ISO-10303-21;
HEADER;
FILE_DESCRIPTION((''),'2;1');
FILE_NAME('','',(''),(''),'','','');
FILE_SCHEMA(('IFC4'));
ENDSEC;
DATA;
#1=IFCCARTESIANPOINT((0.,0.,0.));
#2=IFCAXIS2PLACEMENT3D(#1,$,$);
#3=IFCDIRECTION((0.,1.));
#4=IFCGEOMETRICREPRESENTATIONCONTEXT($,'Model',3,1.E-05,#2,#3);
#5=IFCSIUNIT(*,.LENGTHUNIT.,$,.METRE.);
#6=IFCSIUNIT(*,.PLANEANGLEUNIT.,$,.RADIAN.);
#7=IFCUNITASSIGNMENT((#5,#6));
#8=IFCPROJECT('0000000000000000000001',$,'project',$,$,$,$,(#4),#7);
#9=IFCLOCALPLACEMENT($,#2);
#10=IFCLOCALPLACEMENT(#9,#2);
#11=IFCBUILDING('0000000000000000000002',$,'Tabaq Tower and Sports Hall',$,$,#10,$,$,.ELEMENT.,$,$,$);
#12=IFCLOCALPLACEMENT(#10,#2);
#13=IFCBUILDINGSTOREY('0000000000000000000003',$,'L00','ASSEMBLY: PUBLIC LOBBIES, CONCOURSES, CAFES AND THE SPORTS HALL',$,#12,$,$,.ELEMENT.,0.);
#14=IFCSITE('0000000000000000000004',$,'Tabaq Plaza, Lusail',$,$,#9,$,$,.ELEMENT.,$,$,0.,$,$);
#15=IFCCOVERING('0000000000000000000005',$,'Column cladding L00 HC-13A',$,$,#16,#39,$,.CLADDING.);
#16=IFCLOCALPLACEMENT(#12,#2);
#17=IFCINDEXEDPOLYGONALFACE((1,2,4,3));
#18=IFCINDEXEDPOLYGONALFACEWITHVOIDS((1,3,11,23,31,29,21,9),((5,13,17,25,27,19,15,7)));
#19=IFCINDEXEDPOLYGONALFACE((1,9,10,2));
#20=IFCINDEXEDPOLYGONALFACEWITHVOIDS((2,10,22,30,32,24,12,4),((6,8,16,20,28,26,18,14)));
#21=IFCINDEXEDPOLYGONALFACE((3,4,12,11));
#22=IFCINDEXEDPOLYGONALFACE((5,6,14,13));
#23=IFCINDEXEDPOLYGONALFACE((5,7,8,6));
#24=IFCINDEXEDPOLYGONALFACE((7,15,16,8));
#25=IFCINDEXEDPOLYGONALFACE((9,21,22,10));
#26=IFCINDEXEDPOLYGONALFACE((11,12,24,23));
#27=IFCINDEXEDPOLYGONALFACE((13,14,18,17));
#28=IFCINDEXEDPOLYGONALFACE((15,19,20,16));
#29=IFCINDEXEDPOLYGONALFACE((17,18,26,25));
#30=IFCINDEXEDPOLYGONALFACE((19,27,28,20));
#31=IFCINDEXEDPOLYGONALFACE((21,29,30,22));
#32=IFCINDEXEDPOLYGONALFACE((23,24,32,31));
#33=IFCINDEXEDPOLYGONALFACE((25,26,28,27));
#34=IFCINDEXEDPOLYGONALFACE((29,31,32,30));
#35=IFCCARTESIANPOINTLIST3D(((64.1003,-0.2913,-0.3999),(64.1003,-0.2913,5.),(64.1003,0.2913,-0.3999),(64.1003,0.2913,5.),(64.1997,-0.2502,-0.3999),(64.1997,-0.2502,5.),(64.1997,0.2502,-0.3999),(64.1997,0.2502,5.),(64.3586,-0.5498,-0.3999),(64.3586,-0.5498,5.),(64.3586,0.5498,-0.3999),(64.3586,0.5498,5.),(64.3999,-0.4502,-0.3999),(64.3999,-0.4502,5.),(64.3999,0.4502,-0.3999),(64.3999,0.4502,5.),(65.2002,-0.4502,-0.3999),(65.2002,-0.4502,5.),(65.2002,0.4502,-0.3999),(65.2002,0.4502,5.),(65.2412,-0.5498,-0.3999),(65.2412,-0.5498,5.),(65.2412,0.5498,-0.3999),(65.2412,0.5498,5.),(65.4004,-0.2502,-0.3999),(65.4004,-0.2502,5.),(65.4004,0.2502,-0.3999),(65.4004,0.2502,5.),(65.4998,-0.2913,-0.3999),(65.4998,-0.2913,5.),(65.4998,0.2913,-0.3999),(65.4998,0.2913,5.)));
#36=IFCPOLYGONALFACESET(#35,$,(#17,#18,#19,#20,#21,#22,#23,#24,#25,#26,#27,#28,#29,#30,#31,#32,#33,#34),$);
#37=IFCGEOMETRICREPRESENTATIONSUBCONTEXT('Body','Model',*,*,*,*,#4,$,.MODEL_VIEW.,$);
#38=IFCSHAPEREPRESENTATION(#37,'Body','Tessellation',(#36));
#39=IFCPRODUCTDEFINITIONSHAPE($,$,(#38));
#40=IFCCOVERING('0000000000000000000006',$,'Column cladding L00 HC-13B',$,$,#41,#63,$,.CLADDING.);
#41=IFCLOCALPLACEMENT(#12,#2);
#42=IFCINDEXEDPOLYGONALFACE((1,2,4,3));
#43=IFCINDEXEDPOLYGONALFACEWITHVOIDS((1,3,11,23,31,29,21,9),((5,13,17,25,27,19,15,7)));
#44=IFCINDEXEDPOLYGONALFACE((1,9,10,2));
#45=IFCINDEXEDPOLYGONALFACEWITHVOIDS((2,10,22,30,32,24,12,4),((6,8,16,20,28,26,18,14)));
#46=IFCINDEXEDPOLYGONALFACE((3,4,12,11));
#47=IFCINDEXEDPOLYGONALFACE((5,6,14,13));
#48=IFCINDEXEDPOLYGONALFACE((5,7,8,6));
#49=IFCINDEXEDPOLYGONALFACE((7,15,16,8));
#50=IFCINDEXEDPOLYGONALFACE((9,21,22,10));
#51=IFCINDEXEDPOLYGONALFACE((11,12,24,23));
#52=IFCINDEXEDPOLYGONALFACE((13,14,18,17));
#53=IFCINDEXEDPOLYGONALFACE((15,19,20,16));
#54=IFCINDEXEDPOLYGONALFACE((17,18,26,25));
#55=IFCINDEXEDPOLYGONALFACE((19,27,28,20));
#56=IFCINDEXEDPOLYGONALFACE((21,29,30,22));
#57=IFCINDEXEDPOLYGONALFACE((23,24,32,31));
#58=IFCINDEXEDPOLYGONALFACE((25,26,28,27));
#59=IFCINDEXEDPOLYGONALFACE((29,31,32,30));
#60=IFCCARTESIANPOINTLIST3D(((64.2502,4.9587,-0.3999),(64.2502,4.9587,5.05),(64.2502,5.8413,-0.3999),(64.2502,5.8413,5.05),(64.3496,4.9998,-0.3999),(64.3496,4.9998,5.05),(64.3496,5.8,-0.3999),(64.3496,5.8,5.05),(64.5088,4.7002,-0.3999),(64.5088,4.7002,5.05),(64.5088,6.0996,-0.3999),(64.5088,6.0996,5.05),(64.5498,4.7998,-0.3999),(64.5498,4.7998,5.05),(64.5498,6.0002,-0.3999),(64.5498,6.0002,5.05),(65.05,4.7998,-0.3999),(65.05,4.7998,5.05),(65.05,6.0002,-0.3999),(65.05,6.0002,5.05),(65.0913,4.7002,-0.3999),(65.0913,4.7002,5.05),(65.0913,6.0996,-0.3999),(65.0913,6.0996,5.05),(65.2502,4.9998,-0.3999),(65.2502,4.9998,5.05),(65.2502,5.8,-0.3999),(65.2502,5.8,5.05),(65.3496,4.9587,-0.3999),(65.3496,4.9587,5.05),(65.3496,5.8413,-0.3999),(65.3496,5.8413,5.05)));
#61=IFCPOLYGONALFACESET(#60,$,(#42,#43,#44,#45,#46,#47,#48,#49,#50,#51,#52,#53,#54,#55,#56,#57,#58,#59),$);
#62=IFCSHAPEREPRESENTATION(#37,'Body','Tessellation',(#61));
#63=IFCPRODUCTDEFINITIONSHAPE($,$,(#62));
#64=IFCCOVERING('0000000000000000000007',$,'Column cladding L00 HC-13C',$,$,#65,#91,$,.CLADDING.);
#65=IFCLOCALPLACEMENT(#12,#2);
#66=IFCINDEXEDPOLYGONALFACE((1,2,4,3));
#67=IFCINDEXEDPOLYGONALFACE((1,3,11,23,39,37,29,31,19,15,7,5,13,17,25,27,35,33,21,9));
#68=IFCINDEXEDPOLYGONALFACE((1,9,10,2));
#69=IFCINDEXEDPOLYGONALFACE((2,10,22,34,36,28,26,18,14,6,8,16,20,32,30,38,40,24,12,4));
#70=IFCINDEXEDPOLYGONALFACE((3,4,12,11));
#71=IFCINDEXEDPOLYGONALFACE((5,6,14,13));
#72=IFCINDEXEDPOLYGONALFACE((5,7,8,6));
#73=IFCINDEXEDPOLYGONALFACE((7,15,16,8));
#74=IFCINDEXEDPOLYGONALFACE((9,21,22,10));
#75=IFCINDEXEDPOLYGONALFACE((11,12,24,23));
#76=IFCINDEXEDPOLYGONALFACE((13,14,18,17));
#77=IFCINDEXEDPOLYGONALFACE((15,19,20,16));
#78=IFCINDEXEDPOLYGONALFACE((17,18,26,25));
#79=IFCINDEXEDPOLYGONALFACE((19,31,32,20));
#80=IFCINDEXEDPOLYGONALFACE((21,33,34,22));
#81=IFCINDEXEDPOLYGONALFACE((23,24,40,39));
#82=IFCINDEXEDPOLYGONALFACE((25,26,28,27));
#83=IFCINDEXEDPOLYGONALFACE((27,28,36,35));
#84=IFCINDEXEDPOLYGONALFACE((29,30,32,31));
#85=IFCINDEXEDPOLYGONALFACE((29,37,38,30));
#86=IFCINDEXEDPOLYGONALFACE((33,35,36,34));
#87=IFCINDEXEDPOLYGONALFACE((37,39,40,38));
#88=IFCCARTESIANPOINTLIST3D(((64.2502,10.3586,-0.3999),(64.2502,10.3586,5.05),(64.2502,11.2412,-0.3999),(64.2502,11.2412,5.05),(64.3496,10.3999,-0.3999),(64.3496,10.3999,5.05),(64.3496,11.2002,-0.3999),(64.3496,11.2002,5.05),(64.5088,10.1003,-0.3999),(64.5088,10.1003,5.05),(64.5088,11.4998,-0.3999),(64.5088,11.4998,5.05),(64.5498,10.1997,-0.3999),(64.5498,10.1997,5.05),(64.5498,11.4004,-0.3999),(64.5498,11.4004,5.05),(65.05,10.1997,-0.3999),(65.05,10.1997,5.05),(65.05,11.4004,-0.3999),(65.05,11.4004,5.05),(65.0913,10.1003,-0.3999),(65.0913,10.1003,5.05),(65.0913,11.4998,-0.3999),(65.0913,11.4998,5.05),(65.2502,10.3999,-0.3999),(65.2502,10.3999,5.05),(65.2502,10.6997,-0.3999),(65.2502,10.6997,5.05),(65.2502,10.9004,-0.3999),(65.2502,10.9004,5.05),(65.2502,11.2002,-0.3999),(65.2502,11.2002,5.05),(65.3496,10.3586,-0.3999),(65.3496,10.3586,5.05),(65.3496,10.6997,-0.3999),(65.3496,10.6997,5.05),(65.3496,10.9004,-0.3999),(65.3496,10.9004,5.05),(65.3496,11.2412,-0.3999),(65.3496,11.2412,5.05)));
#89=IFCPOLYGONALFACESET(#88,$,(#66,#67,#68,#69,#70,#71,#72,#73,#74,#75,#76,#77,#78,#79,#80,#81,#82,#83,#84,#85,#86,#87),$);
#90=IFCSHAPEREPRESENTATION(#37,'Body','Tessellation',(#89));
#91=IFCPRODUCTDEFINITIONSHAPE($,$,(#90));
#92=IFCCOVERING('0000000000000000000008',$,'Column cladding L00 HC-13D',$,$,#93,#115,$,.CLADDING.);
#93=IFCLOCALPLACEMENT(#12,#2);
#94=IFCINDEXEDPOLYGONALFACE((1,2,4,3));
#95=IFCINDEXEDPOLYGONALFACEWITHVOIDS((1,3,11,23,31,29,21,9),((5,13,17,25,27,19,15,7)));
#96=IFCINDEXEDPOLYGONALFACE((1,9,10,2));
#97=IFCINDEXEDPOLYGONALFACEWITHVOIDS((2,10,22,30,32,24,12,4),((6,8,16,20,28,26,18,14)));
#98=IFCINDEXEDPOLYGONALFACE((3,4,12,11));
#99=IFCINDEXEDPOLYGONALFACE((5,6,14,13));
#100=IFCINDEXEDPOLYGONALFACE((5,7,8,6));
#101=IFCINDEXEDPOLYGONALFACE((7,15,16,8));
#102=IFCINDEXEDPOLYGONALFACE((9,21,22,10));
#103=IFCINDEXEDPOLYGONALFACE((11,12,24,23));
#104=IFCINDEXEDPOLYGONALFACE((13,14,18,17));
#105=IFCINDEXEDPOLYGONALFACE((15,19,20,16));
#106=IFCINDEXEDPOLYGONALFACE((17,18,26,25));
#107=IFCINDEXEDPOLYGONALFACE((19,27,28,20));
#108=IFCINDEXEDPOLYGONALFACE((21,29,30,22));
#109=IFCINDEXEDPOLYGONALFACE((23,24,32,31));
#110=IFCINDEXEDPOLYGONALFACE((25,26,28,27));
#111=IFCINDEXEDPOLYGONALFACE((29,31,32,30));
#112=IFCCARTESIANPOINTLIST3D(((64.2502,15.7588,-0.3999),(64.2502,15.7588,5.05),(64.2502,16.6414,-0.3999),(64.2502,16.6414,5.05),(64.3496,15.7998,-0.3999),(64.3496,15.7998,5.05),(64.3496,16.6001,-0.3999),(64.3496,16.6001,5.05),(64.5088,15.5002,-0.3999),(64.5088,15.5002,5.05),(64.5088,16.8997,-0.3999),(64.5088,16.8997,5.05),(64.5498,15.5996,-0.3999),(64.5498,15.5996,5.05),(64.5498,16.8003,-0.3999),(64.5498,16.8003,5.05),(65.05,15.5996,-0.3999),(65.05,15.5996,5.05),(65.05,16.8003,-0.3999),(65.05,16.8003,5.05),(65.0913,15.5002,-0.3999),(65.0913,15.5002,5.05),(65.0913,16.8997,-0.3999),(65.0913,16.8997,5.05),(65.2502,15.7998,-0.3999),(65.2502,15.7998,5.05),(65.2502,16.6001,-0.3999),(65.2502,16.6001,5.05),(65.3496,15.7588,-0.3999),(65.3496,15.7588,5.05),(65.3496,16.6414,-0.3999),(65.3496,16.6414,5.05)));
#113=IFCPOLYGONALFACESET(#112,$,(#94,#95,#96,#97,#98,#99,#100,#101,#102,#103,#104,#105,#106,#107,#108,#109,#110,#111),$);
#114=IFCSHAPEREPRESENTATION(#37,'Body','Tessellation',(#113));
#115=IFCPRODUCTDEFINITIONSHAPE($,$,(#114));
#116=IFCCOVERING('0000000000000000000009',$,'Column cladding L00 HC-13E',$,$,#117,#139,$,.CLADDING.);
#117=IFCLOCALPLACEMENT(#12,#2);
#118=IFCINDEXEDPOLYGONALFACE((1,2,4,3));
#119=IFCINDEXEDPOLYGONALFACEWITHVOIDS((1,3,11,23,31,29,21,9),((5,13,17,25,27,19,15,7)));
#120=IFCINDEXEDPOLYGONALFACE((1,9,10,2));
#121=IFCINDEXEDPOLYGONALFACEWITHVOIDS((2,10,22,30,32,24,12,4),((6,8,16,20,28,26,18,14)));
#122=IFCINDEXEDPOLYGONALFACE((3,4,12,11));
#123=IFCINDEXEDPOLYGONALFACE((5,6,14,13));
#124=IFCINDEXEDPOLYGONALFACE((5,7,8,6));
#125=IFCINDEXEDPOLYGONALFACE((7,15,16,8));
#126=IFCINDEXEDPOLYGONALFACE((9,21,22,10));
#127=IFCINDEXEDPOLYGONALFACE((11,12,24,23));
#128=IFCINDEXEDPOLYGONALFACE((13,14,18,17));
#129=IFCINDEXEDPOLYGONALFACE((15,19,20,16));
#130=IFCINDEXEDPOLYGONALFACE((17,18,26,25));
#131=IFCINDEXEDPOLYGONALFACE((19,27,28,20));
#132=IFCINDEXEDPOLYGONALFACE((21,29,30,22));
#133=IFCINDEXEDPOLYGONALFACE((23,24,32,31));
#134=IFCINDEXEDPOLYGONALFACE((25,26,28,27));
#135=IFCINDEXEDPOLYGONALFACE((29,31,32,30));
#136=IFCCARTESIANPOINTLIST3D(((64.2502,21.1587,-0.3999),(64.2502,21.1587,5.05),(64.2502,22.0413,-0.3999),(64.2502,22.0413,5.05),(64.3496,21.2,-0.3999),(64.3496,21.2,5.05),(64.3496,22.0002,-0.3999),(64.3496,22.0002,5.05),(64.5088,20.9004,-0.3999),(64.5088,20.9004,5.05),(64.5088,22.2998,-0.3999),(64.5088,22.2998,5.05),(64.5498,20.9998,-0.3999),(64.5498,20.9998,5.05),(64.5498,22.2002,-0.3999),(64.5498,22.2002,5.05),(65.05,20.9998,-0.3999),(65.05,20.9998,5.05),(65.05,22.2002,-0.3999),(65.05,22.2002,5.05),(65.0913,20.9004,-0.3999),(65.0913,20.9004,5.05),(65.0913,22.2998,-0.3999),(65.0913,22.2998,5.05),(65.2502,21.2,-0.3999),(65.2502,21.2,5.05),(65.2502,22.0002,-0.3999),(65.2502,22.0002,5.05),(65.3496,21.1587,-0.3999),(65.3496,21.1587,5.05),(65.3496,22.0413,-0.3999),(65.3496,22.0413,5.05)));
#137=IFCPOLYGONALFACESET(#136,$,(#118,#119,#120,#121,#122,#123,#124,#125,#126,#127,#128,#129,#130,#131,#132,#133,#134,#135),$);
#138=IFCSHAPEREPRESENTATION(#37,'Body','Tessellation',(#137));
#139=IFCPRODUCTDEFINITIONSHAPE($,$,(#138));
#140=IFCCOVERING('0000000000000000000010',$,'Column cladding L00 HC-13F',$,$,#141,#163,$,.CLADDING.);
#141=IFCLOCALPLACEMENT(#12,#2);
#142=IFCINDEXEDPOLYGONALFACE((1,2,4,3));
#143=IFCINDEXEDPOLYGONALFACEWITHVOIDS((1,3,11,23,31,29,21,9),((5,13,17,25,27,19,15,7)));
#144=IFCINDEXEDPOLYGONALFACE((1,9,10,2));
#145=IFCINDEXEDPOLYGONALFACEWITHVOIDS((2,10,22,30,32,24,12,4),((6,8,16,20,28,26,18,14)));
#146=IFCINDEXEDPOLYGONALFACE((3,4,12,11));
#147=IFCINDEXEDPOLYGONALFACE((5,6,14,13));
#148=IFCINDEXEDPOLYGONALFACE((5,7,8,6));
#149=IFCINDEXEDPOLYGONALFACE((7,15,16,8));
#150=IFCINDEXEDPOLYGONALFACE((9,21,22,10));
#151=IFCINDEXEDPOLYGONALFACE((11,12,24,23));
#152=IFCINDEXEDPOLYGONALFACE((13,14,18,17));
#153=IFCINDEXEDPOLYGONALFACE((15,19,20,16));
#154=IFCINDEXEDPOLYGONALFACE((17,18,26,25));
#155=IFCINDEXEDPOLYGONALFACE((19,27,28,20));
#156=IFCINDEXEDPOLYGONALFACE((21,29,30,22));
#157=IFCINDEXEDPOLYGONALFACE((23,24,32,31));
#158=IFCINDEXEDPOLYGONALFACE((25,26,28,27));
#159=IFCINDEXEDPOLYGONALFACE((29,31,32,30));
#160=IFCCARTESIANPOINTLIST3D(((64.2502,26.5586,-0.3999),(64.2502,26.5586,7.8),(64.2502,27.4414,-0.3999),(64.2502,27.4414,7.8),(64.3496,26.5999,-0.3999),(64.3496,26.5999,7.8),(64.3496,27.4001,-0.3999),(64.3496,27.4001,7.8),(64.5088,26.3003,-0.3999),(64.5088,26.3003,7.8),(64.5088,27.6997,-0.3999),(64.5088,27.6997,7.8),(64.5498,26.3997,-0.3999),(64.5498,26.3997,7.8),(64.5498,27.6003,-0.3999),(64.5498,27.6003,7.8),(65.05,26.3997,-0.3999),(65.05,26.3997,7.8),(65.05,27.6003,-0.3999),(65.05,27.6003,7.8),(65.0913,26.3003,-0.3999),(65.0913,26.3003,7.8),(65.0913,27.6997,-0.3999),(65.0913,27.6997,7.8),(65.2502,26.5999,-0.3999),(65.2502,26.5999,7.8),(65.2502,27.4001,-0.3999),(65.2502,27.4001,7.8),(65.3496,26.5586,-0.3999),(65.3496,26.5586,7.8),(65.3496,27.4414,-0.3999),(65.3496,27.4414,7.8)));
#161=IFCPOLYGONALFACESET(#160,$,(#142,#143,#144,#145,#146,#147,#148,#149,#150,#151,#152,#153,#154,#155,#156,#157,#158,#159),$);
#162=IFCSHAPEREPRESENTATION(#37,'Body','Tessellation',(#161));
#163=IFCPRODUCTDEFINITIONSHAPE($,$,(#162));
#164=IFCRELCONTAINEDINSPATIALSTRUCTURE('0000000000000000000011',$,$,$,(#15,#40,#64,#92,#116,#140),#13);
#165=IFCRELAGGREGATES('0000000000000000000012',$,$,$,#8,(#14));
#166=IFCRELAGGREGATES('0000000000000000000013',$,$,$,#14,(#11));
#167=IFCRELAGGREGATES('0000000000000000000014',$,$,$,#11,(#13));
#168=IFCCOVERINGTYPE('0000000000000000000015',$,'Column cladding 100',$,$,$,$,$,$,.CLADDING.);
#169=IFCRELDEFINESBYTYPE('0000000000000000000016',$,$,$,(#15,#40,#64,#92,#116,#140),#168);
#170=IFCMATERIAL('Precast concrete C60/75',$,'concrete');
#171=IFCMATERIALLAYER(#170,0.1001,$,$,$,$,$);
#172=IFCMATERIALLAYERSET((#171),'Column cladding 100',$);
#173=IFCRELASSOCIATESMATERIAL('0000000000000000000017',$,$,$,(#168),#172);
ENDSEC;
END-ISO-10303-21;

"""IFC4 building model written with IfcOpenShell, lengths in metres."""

from ifc_helpers import new_model, si_unit, direction, frame, origin, place, context, subcontext, project, spatial, polyline, outline, extrude, material, layer, layer_set, type_object, element, save


model = new_model("IFC4")

# Units and contexts
model_context = context("Model", 3, precision=1e-05, world=origin(), true_north=direction((0.0, 1.0)))
body_context = subcontext(model_context, "Body", "Model", "MODEL_VIEW")
ifc_project = project(units=[si_unit("LENGTHUNIT", "METRE"), si_unit("PLANEANGLEUNIT", "RADIAN")], contexts=[model_context])

# Site, building, storey
site_placement = place(None, origin())
site = spatial("IfcSite", under=ifc_project, at=site_placement, Name="Tabaq Plaza, Lusail", CompositionType="ELEMENT", RefElevation=0.0)
building_placement = place(site_placement, origin())
building = spatial("IfcBuilding", under=site, at=building_placement, Name="Tabaq Tower and Sports Hall", CompositionType="ELEMENT")
storey_placement = place(building_placement, origin())
storey = spatial("IfcBuildingStorey", under=building, at=storey_placement, Name="L00", Description="ASSEMBLY: PUBLIC LOBBIES, CONCOURSES, CAFES AND THE SPORTS HALL", CompositionType="ELEMENT", Elevation=0.0)

# Coverings
ifc_material = material(Name="Precast concrete C60/75", Category="concrete")
ifc_layer = layer(ifc_material, 0.1001)
ifc_layer_set = layer_set([ifc_layer], Name="Column cladding 100")
covering_type = type_object("IfcCoveringType", Name="Column cladding 100", PredefinedType="CLADDING", material=ifc_layer_set)
covering_1_placement = place(storey_placement, frame((0.0, 0.0, -0.3999)))
element("IfcCovering", 1, at=covering_1_placement, inside=storey, type_object=covering_type, Name="Column cladding L00 HC-13A", PredefinedType="CLADDING", context=body_context, shape_type="SweptSolid", body=[
    extrude(outline(polyline([(64.1003, -0.2913), (64.1003, 0.2913), (64.3586, 0.5498), (65.2412, 0.5498), (65.4998, 0.2913), (65.4998, -0.2913), (65.2412, -0.5498), (64.3586, -0.5498), (64.1003, -0.2913)]), holes=[polyline([(65.2002, -0.4502), (65.4004, -0.2502), (65.4004, 0.2502), (65.2002, 0.4502), (64.3999, 0.4502), (64.1997, 0.2502), (64.1997, -0.2502), (64.3999, -0.4502), (65.2002, -0.4502)])]), origin(), (0.0, 0.0, 1.0), 5.3999),
])
covering_2_placement = place(storey_placement, frame((0.0, 0.0, -0.3999)))
element("IfcCovering", 2, at=covering_2_placement, inside=storey, type_object=covering_type, Name="Column cladding L00 HC-13B", PredefinedType="CLADDING", context=body_context, shape_type="SweptSolid", body=[
    extrude(outline(polyline([(65.0913, 4.7002), (64.5088, 4.7002), (64.2502, 4.9587), (64.2502, 5.8413), (64.5088, 6.0996), (65.0913, 6.0996), (65.3496, 5.8413), (65.3496, 4.9587), (65.0913, 4.7002)]), holes=[polyline([(65.2502, 5.8), (65.05, 6.0002), (64.5498, 6.0002), (64.3496, 5.8), (64.3496, 4.9998), (64.5498, 4.7998), (65.05, 4.7998), (65.2502, 4.9998), (65.2502, 5.8)])]), origin(), (0.0, 0.0, 1.0), 5.45),
])
covering_3_placement = place(storey_placement, frame((0.0, 0.0, -0.3999)))
element("IfcCovering", 3, at=covering_3_placement, inside=storey, type_object=covering_type, Name="Column cladding L00 HC-13C", PredefinedType="CLADDING", context=body_context, shape_type="SweptSolid", body=[
    extrude(outline(polyline([(64.5088, 10.1003), (64.2502, 10.3586), (64.2502, 11.2412), (64.5088, 11.4998), (65.0913, 11.4998), (65.3496, 11.2412), (65.3496, 10.9004), (65.2502, 10.9004), (65.2502, 11.2002), (65.05, 11.4004), (64.5498, 11.4004), (64.3496, 11.2002), (64.3496, 10.3999), (64.5498, 10.1997), (65.05, 10.1997), (65.2502, 10.3999), (65.2502, 10.6997), (65.3496, 10.6997), (65.3496, 10.3586), (65.0913, 10.1003), (64.5088, 10.1003)])), origin(), (0.0, 0.0, 1.0), 5.45),
])
covering_4_placement = place(storey_placement, frame((0.0, 0.0, -0.3999)))
element("IfcCovering", 4, at=covering_4_placement, inside=storey, type_object=covering_type, Name="Column cladding L00 HC-13D", PredefinedType="CLADDING", context=body_context, shape_type="SweptSolid", body=[
    extrude(outline(polyline([(65.0913, 15.5002), (64.5088, 15.5002), (64.2502, 15.7588), (64.2502, 16.6414), (64.5088, 16.8997), (65.0913, 16.8997), (65.3496, 16.6414), (65.3496, 15.7588), (65.0913, 15.5002)]), holes=[polyline([(65.2502, 16.6001), (65.05, 16.8003), (64.5498, 16.8003), (64.3496, 16.6001), (64.3496, 15.7998), (64.5498, 15.5996), (65.05, 15.5996), (65.2502, 15.7998), (65.2502, 16.6001)])]), origin(), (0.0, 0.0, 1.0), 5.45),
])
covering_5_placement = place(storey_placement, frame((0.0, 0.0, -0.3999)))
element("IfcCovering", 5, at=covering_5_placement, inside=storey, type_object=covering_type, Name="Column cladding L00 HC-13E", PredefinedType="CLADDING", context=body_context, shape_type="SweptSolid", body=[
    extrude(outline(polyline([(65.0913, 20.9004), (64.5088, 20.9004), (64.2502, 21.1587), (64.2502, 22.0413), (64.5088, 22.2998), (65.0913, 22.2998), (65.3496, 22.0413), (65.3496, 21.1587), (65.0913, 20.9004)]), holes=[polyline([(65.2502, 22.0002), (65.05, 22.2002), (64.5498, 22.2002), (64.3496, 22.0002), (64.3496, 21.2), (64.5498, 20.9998), (65.05, 20.9998), (65.2502, 21.2), (65.2502, 22.0002)])]), origin(), (0.0, 0.0, 1.0), 5.45),
])
covering_6_placement = place(storey_placement, frame((0.0, 0.0, -0.3999)))
element("IfcCovering", 6, at=covering_6_placement, inside=storey, type_object=covering_type, Name="Column cladding L00 HC-13F", PredefinedType="CLADDING", context=body_context, shape_type="SweptSolid", body=[
    extrude(outline(polyline([(65.0913, 26.3003), (64.5088, 26.3003), (64.2502, 26.5586), (64.2502, 27.4414), (64.5088, 27.6997), (65.0913, 27.6997), (65.3496, 27.4414), (65.3496, 26.5586), (65.0913, 26.3003)]), holes=[polyline([(65.2502, 27.4001), (65.05, 27.6003), (64.5498, 27.6003), (64.3496, 27.4001), (64.3496, 26.5999), (64.5498, 26.3997), (65.05, 26.3997), (65.2502, 26.5999), (65.2502, 27.4001)])]), origin(), (0.0, 0.0, 1.0), 8.2),
])

save(model, "model.ifc")
